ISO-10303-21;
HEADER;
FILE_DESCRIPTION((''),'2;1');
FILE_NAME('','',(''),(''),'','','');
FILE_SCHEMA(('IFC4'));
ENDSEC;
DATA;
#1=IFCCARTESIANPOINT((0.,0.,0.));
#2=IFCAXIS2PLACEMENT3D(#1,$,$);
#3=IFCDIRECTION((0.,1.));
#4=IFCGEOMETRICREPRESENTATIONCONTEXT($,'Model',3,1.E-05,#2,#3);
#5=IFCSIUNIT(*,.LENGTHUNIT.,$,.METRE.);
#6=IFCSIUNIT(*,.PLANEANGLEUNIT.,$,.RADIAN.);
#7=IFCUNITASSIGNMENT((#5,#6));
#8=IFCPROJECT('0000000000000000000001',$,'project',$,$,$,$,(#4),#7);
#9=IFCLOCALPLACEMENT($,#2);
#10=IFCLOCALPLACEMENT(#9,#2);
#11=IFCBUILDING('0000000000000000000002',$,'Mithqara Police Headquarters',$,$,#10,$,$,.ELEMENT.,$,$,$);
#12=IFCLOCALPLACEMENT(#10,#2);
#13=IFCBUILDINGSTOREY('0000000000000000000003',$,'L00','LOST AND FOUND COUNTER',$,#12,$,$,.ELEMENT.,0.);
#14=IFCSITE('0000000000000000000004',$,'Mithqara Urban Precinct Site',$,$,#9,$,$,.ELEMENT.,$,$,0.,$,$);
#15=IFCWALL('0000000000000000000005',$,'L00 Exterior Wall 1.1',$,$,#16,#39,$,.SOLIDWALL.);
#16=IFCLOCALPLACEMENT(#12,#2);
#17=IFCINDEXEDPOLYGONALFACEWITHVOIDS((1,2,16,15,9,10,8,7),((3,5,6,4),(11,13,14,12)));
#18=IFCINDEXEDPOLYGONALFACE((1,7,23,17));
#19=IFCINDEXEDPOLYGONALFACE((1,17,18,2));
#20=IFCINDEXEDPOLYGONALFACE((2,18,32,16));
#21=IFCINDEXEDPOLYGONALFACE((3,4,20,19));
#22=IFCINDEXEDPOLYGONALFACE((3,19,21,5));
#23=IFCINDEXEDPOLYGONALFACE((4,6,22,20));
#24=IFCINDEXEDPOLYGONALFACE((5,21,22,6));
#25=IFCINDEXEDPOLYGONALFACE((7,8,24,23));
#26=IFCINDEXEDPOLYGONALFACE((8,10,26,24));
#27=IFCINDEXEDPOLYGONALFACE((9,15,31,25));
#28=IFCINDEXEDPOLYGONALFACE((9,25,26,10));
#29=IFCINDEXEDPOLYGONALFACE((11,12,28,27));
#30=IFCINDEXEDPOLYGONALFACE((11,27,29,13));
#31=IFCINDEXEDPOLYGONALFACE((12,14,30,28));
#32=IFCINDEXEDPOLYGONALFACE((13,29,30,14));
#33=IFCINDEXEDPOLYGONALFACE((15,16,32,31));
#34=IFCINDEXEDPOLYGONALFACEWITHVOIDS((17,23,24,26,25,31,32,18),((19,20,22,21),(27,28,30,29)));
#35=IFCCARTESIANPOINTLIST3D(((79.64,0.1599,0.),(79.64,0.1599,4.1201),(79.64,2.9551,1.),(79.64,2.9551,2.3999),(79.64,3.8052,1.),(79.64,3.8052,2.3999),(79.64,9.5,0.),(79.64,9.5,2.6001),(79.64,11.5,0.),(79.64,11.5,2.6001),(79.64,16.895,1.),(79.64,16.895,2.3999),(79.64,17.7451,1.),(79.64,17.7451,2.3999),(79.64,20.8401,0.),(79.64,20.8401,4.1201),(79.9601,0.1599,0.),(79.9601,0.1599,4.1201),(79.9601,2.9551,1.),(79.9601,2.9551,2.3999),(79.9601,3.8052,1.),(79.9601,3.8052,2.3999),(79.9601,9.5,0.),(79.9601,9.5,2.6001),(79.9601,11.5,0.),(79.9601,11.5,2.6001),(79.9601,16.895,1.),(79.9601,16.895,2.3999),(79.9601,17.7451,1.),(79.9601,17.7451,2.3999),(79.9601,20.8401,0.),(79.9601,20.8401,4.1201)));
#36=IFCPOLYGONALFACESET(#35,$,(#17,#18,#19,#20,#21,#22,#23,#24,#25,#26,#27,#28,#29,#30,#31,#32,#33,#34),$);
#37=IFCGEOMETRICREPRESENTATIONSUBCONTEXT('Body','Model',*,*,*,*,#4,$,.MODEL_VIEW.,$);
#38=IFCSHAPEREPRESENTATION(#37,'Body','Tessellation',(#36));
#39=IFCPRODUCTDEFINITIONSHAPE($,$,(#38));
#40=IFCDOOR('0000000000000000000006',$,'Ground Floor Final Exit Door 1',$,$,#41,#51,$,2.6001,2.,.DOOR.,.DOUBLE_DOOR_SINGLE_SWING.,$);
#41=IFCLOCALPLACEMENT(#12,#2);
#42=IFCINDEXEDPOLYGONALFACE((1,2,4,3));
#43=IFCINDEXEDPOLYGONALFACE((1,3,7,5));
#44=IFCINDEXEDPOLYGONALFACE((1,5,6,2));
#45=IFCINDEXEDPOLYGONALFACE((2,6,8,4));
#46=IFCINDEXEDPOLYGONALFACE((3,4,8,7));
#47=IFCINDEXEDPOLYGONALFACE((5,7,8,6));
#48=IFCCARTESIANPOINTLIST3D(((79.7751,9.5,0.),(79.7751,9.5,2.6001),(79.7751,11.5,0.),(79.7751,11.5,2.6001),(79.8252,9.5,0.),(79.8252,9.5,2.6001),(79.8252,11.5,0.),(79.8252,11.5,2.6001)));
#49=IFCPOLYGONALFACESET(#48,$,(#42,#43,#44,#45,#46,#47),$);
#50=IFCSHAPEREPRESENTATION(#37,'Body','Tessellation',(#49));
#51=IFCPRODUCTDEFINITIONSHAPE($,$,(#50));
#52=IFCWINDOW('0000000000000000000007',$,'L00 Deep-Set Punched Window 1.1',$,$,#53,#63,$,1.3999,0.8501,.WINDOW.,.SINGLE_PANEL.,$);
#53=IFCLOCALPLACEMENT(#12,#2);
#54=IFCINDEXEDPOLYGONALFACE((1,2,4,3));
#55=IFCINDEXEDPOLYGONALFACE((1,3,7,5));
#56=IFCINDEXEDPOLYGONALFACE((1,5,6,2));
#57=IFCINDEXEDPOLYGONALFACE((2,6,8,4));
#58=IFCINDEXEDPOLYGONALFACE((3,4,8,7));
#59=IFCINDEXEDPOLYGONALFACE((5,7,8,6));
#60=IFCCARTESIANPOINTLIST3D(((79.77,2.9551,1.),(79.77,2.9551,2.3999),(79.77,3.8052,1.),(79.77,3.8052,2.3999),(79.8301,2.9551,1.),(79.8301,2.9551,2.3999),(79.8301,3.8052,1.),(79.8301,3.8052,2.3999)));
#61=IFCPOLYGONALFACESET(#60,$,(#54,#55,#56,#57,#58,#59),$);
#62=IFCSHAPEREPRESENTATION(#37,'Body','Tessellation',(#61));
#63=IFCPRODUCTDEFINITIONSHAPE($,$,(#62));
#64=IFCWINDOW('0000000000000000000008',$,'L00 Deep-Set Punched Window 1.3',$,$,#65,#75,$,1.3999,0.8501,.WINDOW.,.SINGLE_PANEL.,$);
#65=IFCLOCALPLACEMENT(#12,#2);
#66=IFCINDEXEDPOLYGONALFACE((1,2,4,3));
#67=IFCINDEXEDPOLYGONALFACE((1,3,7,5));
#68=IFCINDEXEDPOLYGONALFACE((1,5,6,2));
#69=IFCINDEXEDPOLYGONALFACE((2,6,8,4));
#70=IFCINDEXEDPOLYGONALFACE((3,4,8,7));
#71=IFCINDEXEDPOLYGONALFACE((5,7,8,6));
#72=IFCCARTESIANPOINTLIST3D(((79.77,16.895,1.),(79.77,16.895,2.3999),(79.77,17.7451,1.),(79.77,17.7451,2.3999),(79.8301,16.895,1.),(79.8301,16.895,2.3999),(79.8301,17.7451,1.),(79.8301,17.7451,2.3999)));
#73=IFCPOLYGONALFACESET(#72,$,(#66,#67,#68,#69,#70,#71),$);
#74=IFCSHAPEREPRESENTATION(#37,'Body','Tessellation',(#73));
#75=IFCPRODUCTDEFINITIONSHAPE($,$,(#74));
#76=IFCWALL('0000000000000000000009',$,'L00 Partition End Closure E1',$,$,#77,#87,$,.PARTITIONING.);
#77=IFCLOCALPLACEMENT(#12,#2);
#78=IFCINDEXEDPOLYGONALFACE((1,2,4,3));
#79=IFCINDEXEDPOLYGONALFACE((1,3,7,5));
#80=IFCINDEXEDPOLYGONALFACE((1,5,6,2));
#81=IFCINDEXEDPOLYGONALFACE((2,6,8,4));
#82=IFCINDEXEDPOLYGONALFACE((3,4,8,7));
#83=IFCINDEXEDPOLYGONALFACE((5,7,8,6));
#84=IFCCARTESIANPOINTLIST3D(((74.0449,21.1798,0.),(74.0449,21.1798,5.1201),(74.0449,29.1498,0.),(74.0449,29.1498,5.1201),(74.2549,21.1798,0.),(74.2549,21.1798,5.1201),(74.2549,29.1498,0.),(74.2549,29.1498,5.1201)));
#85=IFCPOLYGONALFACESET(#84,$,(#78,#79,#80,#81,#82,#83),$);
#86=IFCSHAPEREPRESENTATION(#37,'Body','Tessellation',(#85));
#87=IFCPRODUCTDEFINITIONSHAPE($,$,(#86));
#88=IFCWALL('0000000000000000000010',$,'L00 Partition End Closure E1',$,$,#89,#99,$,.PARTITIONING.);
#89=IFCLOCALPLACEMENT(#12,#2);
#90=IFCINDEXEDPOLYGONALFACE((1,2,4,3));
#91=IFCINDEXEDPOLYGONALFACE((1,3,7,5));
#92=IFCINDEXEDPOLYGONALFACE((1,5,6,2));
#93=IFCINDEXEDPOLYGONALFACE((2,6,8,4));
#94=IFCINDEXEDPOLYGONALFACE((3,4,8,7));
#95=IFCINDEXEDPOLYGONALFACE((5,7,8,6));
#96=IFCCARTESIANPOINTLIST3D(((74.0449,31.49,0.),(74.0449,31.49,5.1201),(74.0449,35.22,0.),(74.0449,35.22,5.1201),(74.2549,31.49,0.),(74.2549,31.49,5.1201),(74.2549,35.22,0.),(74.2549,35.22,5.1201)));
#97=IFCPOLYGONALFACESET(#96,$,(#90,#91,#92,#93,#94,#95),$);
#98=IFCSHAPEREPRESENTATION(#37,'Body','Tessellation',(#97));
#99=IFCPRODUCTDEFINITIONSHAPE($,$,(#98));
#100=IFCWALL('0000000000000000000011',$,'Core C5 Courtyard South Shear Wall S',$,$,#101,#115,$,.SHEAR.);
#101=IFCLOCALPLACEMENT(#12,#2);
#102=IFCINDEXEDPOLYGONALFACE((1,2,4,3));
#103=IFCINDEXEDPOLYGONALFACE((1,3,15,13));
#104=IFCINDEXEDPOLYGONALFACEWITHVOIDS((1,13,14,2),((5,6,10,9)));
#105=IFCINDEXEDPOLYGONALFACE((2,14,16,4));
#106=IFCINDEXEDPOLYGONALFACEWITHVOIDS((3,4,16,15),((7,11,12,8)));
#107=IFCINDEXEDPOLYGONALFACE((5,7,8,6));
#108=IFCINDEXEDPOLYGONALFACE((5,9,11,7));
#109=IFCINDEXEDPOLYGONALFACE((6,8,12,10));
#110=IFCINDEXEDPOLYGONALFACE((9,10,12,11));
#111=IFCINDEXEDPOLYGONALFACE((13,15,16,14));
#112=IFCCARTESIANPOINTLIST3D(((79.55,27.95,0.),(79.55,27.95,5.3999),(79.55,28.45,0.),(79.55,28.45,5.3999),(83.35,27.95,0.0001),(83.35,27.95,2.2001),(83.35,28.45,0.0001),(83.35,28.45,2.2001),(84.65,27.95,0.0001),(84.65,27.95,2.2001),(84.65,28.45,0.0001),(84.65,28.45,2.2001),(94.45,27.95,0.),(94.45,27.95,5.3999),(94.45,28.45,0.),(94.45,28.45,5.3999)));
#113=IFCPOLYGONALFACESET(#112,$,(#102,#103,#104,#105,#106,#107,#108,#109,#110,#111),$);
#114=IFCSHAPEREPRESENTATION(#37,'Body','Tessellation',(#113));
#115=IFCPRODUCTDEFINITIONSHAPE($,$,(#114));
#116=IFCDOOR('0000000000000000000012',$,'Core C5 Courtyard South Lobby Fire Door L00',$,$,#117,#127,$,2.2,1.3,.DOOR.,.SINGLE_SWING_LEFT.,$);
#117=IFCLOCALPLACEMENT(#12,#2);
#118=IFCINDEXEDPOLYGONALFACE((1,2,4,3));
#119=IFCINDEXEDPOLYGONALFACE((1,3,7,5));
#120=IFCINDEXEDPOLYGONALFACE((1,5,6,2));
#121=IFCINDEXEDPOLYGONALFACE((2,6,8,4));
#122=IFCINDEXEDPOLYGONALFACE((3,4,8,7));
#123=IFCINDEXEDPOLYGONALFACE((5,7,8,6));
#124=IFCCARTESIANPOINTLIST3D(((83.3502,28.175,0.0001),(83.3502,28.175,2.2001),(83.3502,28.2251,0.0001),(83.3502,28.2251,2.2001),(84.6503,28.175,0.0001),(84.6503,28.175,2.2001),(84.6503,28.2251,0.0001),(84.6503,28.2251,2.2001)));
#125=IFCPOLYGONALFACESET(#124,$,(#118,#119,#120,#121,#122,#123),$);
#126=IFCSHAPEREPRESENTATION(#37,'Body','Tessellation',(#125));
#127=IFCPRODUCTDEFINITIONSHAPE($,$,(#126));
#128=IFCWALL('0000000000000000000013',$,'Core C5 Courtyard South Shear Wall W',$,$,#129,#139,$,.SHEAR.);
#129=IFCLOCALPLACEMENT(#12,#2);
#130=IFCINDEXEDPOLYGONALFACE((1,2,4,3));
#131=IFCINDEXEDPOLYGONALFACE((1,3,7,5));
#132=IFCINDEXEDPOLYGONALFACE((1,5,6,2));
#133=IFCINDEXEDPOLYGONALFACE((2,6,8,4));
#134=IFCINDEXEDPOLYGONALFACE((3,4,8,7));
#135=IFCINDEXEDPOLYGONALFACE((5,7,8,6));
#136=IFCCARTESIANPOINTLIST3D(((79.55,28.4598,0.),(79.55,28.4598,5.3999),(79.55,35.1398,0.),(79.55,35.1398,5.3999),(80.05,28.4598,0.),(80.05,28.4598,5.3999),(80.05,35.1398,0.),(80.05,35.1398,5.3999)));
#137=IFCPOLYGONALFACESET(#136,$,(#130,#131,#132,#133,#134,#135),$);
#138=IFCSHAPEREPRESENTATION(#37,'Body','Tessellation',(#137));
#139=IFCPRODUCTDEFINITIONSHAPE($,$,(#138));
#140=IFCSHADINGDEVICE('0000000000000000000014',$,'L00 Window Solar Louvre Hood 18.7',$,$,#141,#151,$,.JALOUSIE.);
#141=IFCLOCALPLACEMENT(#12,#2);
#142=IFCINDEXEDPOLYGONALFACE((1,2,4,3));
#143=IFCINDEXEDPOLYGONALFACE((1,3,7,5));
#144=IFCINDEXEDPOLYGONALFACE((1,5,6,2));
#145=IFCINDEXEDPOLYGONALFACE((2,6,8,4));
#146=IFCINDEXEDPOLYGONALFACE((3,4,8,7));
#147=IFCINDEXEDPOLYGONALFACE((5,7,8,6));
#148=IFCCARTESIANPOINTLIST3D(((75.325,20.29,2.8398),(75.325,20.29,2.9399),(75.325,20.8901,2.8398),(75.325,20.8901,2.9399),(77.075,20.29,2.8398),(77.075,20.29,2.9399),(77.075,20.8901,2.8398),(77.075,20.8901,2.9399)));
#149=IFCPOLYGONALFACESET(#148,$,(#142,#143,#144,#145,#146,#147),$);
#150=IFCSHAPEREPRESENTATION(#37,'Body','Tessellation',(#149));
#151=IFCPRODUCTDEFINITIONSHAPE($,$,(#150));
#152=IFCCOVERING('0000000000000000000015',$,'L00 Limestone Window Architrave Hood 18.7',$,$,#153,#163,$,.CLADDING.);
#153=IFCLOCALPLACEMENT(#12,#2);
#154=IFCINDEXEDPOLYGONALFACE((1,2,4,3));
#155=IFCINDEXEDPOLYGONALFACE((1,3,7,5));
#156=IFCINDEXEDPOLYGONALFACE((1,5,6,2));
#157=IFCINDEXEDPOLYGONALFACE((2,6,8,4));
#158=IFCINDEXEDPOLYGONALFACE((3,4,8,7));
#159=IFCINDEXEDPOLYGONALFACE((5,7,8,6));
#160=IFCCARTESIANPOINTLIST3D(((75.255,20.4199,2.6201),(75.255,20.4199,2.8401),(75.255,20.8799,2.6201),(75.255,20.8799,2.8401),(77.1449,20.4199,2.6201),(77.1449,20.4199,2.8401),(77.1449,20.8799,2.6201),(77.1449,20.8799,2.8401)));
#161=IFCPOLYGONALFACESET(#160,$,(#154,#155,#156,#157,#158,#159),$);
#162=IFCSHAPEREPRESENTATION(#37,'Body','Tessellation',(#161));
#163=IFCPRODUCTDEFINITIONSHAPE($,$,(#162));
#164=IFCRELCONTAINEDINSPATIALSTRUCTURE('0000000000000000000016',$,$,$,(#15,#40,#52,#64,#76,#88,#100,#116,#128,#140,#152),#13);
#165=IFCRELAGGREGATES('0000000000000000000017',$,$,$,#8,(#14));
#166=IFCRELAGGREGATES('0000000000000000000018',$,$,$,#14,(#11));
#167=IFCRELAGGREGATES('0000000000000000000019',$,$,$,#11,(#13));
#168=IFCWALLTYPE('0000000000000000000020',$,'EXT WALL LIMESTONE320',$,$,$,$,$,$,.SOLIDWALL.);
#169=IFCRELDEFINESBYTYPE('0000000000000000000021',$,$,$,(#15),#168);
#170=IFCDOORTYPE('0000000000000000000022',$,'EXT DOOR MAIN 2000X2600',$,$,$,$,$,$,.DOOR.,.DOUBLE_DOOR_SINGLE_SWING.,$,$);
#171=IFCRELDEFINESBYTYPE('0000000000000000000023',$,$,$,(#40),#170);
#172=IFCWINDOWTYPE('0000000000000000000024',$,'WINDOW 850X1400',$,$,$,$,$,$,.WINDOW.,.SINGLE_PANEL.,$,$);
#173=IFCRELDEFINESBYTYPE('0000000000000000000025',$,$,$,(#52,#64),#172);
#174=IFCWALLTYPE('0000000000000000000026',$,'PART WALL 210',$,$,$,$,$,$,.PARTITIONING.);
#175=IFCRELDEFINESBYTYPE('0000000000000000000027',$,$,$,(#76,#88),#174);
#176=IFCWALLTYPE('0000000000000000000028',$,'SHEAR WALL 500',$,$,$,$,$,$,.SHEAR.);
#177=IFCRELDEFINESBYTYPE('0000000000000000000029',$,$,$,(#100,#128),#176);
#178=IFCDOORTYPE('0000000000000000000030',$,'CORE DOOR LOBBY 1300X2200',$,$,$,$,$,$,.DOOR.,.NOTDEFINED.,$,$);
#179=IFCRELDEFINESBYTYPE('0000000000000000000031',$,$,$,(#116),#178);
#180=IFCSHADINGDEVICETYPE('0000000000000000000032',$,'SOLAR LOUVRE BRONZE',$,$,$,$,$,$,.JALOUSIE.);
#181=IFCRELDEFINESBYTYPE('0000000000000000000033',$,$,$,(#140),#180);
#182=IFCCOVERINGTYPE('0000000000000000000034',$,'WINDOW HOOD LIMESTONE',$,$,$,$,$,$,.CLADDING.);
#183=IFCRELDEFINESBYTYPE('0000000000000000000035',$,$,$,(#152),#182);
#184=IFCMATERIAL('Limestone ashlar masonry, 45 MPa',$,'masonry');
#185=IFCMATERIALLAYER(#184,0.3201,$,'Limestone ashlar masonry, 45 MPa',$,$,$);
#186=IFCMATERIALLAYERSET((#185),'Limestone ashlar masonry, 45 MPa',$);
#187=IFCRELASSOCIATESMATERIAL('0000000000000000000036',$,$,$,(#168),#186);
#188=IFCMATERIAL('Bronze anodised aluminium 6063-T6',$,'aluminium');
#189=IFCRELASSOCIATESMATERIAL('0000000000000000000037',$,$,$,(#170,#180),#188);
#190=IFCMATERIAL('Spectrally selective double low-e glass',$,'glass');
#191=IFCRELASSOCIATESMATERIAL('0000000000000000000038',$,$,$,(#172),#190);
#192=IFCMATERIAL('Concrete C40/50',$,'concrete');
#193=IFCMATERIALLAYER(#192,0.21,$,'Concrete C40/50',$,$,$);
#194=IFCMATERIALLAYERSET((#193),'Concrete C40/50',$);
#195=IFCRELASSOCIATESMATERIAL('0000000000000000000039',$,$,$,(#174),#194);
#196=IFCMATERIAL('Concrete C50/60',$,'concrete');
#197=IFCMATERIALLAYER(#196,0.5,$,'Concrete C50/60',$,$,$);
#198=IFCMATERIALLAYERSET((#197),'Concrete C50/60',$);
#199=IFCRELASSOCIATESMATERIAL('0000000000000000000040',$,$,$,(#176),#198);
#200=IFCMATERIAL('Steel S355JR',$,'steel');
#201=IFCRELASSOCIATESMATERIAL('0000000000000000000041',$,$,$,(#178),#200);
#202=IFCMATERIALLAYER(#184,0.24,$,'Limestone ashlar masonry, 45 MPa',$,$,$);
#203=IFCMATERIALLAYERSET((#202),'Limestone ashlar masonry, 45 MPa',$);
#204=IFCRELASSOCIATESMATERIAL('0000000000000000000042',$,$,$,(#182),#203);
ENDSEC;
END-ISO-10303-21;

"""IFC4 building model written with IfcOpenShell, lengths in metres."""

from ifc_helpers import new_model, si_unit, direction, frame, frame_2d, origin, origin_2d, place, context, subcontext, project, spatial, rectangle, extrude, material, layer, layer_set, type_object, element, fill, save


model = new_model("IFC4")

# Units and contexts
model_context = context("Model", 3, precision=1e-05, world=origin(), true_north=direction((0.0, 1.0)))
body_context = subcontext(model_context, "Body", "Model", "MODEL_VIEW")
ifc_project = project(units=[si_unit("LENGTHUNIT", "METRE"), si_unit("PLANEANGLEUNIT", "RADIAN")], contexts=[model_context])

# Site, building, storey
site_placement = place(None, origin())
site = spatial("IfcSite", under=ifc_project, at=site_placement, Name="Mithqara Urban Precinct Site", CompositionType="ELEMENT", RefElevation=0.0)
building_placement = place(site_placement, origin())
building = spatial("IfcBuilding", under=site, at=building_placement, Name="Mithqara Police Headquarters", CompositionType="ELEMENT")
storey_placement = place(building_placement, origin())
storey = spatial("IfcBuildingStorey", under=building, at=storey_placement, Name="L00", Description="LOST AND FOUND COUNTER", CompositionType="ELEMENT", Elevation=0.0)

# Shared definitions
ifc_material_1 = material(Name="Concrete C50/60", Category="concrete")

# Shared definitions
ifc_material_2 = material(Name="Steel S355JR", Category="steel")
ifc_material_3 = material(Name="Concrete C40/50", Category="concrete")

# Wall, openings, door, windows
ifc_material_4 = material(Name="Limestone ashlar masonry, 45 MPa", Category="masonry")
ifc_layer_1 = layer(ifc_material_4, 0.3201, Name="Limestone ashlar masonry, 45 MPa")
ifc_layer_set_1 = layer_set([ifc_layer_1], Name="Limestone ashlar masonry, 45 MPa")
wall_type_1 = type_object("IfcWallType", Name="EXT WALL LIMESTONE320", PredefinedType="SOLIDWALL", material=ifc_layer_set_1)
wall_1_placement = place(storey_placement, frame((79.8, 20.8401, 0.0), z_axis=(0.0, 0.0, 1.0), x_axis=(0.0, -1.0, 0.0)))
wall_1 = element("IfcWall", 1, at=wall_1_placement, inside=storey, type_object=wall_type_1, Name="L00 Exterior Wall 1.1", PredefinedType="SOLIDWALL", context=body_context, shape_type="SweptSolid", body=[
    extrude(rectangle(XDim=20.6802, YDim=0.3201, at=frame_2d((10.3401, 0.0))), origin(), (0.0, 0.0, 1.0), 4.1201),
])
opening_1_placement = place(wall_1_placement, frame((9.3401, 0.0, 0.0)))
opening_1 = element("IfcOpeningElement", 2, at=opening_1_placement, cuts=wall_1, PredefinedType="OPENING", context=body_context, shape_type="SweptSolid", body=[
    extrude(rectangle(XDim=2.0, YDim=2.6001, at=frame_2d((1.0, 1.3))), frame((0.0, 0.1699, 0.0), z_axis=(0.0, -1.0, 0.0), x_axis=(1.0, 0.0, 0.0)), (0.0, 0.0, 1.0), 0.3401),
])
opening_2_placement = place(wall_1_placement, frame((17.0349, 0.0, 1.0)))
opening_2 = element("IfcOpeningElement", 3, at=opening_2_placement, cuts=wall_1, PredefinedType="OPENING", context=body_context, shape_type="SweptSolid", body=[
    extrude(rectangle(XDim=0.8501, YDim=1.3999, at=frame_2d((0.425, 0.7))), frame((0.0, 0.1699, 0.0), z_axis=(0.0, -1.0, 0.0), x_axis=(1.0, 0.0, 0.0)), (0.0, 0.0, 1.0), 0.3401),
])
opening_3_placement = place(wall_1_placement, frame((3.095, 0.0, 1.0)))
opening_3 = element("IfcOpeningElement", 4, at=opening_3_placement, cuts=wall_1, PredefinedType="OPENING", context=body_context, shape_type="SweptSolid", body=[
    extrude(rectangle(XDim=0.8501, YDim=1.3999, at=frame_2d((0.425, 0.7))), frame((0.0, 0.1699, 0.0), z_axis=(0.0, -1.0, 0.0), x_axis=(1.0, 0.0, 0.0)), (0.0, 0.0, 1.0), 0.3401),
])
ifc_material_5 = material(Name="Bronze anodised aluminium 6063-T6", Category="aluminium")
door_type_1 = type_object("IfcDoorType", Name="EXT DOOR MAIN 2000X2600", OperationType="DOUBLE_DOOR_SINGLE_SWING", PredefinedType="DOOR", material=ifc_material_5)
door_1_placement = place(opening_1_placement, frame((2.0, 0.0, 0.0), z_axis=(0.0, 0.0, 1.0), x_axis=(-1.0, 0.0, 0.0)))
door_1 = element("IfcDoor", 5, at=door_1_placement, inside=storey, type_object=door_type_1, Name="Ground Floor Final Exit Door 1", OperationType="DOUBLE_DOOR_SINGLE_SWING", OverallHeight=2.6001, OverallWidth=2.0, PredefinedType="DOOR", context=body_context, shape_type="SweptSolid", body=[
    extrude(rectangle(XDim=2.0, YDim=2.6001, at=frame_2d((1.0, 1.3))), frame((0.0, 0.0249, 0.0), z_axis=(0.0, -1.0, 0.0), x_axis=(1.0, 0.0, 0.0)), (0.0, 0.0, 1.0), 0.05),
])
fill(opening_1, door_1)
ifc_material_6 = material(Name="Spectrally selective double low-e glass", Category="glass")
window_type = type_object("IfcWindowType", Name="WINDOW 850X1400", PartitioningType="SINGLE_PANEL", PredefinedType="WINDOW", material=ifc_material_6)
window_1_placement = place(opening_2_placement, origin())
window_1 = element("IfcWindow", 6, at=window_1_placement, inside=storey, type_object=window_type, Name="L00 Deep-Set Punched Window 1.1", OverallHeight=1.3999, OverallWidth=0.8501, PartitioningType="SINGLE_PANEL", PredefinedType="WINDOW", context=body_context, shape_type="SweptSolid", body=[
    extrude(rectangle(XDim=0.8501, YDim=1.3999, at=frame_2d((0.425, 0.7))), frame((0.0, 0.03, 0.0), z_axis=(0.0, -1.0, 0.0), x_axis=(1.0, 0.0, 0.0)), (0.0, 0.0, 1.0), 0.0601),
])
fill(opening_2, window_1)
window_2_placement = place(opening_3_placement, origin())
window_2 = element("IfcWindow", 7, at=window_2_placement, inside=storey, type_object=window_type, Name="L00 Deep-Set Punched Window 1.3", OverallHeight=1.3999, OverallWidth=0.8501, PartitioningType="SINGLE_PANEL", PredefinedType="WINDOW", context=body_context, shape_type="SweptSolid", body=[
    extrude(rectangle(XDim=0.8501, YDim=1.3999, at=frame_2d((0.425, 0.7))), frame((0.0, 0.03, 0.0), z_axis=(0.0, -1.0, 0.0), x_axis=(1.0, 0.0, 0.0)), (0.0, 0.0, 1.0), 0.0601),
])
fill(opening_3, window_2)

# Walls
ifc_layer_2 = layer(ifc_material_3, 0.21, Name="Concrete C40/50")
ifc_layer_set_2 = layer_set([ifc_layer_2], Name="Concrete C40/50")
wall_type_2 = type_object("IfcWallType", Name="PART WALL 210", PredefinedType="PARTITIONING", material=ifc_layer_set_2)
wall_2_placement = place(storey_placement, frame((74.1499, 21.1799, 0.0), z_axis=(0.0, 0.0, 1.0), x_axis=(0.0, 1.0, 0.0)))
element("IfcWall", 8, at=wall_2_placement, inside=storey, type_object=wall_type_2, Name="L00 Partition End Closure E1", PredefinedType="PARTITIONING", context=body_context, shape_type="SweptSolid", body=[
    extrude(rectangle(XDim=7.97, YDim=0.21, at=frame_2d((3.9849, 0.0))), origin(), (0.0, 0.0, 1.0), 5.1201),
])
wall_3_placement = place(storey_placement, frame((74.1499, 31.49, 0.0), z_axis=(0.0, 0.0, 1.0), x_axis=(0.0, 1.0, 0.0)))
element("IfcWall", 9, at=wall_3_placement, inside=storey, type_object=wall_type_2, Name="L00 Partition End Closure E1", PredefinedType="PARTITIONING", context=body_context, shape_type="SweptSolid", body=[
    extrude(rectangle(XDim=3.73, YDim=0.21, at=frame_2d((1.865, 0.0))), origin(), (0.0, 0.0, 1.0), 5.1201),
])

# Wall, opening, door
ifc_layer_3 = layer(ifc_material_1, 0.5, Name="Concrete C50/60")
ifc_layer_set_3 = layer_set([ifc_layer_3], Name="Concrete C50/60")
wall_type_3 = type_object("IfcWallType", Name="SHEAR WALL 500", PredefinedType="SHEAR", material=ifc_layer_set_3)
wall_4_placement = place(storey_placement, frame((79.55, 28.2, 0.0), z_axis=(0.0, 0.0, 1.0), x_axis=(1.0, 0.0, 0.0)))
wall_4 = element("IfcWall", 10, at=wall_4_placement, inside=storey, type_object=wall_type_3, Name="Core C5 Courtyard South Shear Wall S", PredefinedType="SHEAR", context=body_context, shape_type="SweptSolid", body=[
    extrude(rectangle(XDim=14.8999, YDim=0.5, at=frame_2d((7.45, 0.0))), origin(), (0.0, 0.0, 1.0), 5.3999),
])
opening_4_placement = place(wall_4_placement, frame((3.8, 0.0, 0.0)))
opening_4 = element("IfcOpeningElement", 11, at=opening_4_placement, cuts=wall_4, PredefinedType="OPENING", context=body_context, shape_type="SweptSolid", body=[
    extrude(rectangle(XDim=1.3, YDim=2.2, at=frame_2d((0.6499, 1.1001))), frame((0.0, 0.26, 0.0), z_axis=(0.0, -1.0, 0.0), x_axis=(1.0, 0.0, 0.0)), (0.0, 0.0, 1.0), 0.52),
])
door_type_2 = type_object("IfcDoorType", Name="CORE DOOR LOBBY 1300X2200", OperationType="NOTDEFINED", PredefinedType="DOOR", material=ifc_material_2)
door_2_placement = place(opening_4_placement, frame((1.3, 0.0, 0.0), z_axis=(0.0, 0.0, 1.0), x_axis=(-1.0, 0.0, 0.0)))
door_2 = element("IfcDoor", 12, at=door_2_placement, inside=storey, type_object=door_type_2, Name="Core C5 Courtyard South Lobby Fire Door L00", OperationType="SINGLE_SWING_LEFT", OverallHeight=2.2, OverallWidth=1.3, PredefinedType="DOOR", context=body_context, shape_type="SweptSolid", body=[
    extrude(rectangle(XDim=1.3, YDim=2.2, at=frame_2d((0.6499, 1.1001))), frame((0.0, 0.0249, 0.0), z_axis=(0.0, -1.0, 0.0), x_axis=(1.0, 0.0, 0.0)), (0.0, 0.0, 1.0), 0.05),
])
fill(opening_4, door_2)

# Wall
wall_5_placement = place(storey_placement, frame((79.8, 28.46, 0.0), z_axis=(0.0, 0.0, 1.0), x_axis=(0.0, 1.0, 0.0)))
element("IfcWall", 13, at=wall_5_placement, inside=storey, type_object=wall_type_3, Name="Core C5 Courtyard South Shear Wall W", PredefinedType="SHEAR", context=body_context, shape_type="SweptSolid", body=[
    extrude(rectangle(XDim=6.6799, YDim=0.5, at=frame_2d((3.3398, 0.0))), origin(), (0.0, 0.0, 1.0), 5.3999),
])

# Shading device
shading_device_type = type_object("IfcShadingDeviceType", Name="SOLAR LOUVRE BRONZE", PredefinedType="JALOUSIE", material=ifc_material_5)
shading_device_placement = place(storey_placement, frame((76.2, 20.5901, 2.8398), z_axis=(0.0, 0.0, 1.0), x_axis=(1.0, 0.0, 0.0)))
element("IfcShadingDevice", 14, at=shading_device_placement, inside=storey, type_object=shading_device_type, Name="L00 Window Solar Louvre Hood 18.7", PredefinedType="JALOUSIE", context=body_context, shape_type="SweptSolid", body=[
    extrude(rectangle(XDim=1.75, YDim=0.6001, at=origin_2d()), origin(), (0.0, 0.0, 1.0), 0.1001),
])

# Covering
ifc_layer_4 = layer(ifc_material_4, 0.24, Name="Limestone ashlar masonry, 45 MPa")
ifc_layer_set_4 = layer_set([ifc_layer_4], Name="Limestone ashlar masonry, 45 MPa")
covering_type = type_object("IfcCoveringType", Name="WINDOW HOOD LIMESTONE", PredefinedType="CLADDING", material=ifc_layer_set_4)
covering_placement = place(storey_placement, frame((76.2, 20.6499, 2.6201), z_axis=(0.0, 0.0, 1.0), x_axis=(1.0, 0.0, 0.0)))
element("IfcCovering", 15, at=covering_placement, inside=storey, type_object=covering_type, Name="L00 Limestone Window Architrave Hood 18.7", PredefinedType="CLADDING", context=body_context, shape_type="SweptSolid", body=[
    extrude(rectangle(XDim=1.8899, YDim=0.46, at=origin_2d()), origin(), (0.0, 0.0, 1.0), 0.22),
])

save(model, "model.ifc")
